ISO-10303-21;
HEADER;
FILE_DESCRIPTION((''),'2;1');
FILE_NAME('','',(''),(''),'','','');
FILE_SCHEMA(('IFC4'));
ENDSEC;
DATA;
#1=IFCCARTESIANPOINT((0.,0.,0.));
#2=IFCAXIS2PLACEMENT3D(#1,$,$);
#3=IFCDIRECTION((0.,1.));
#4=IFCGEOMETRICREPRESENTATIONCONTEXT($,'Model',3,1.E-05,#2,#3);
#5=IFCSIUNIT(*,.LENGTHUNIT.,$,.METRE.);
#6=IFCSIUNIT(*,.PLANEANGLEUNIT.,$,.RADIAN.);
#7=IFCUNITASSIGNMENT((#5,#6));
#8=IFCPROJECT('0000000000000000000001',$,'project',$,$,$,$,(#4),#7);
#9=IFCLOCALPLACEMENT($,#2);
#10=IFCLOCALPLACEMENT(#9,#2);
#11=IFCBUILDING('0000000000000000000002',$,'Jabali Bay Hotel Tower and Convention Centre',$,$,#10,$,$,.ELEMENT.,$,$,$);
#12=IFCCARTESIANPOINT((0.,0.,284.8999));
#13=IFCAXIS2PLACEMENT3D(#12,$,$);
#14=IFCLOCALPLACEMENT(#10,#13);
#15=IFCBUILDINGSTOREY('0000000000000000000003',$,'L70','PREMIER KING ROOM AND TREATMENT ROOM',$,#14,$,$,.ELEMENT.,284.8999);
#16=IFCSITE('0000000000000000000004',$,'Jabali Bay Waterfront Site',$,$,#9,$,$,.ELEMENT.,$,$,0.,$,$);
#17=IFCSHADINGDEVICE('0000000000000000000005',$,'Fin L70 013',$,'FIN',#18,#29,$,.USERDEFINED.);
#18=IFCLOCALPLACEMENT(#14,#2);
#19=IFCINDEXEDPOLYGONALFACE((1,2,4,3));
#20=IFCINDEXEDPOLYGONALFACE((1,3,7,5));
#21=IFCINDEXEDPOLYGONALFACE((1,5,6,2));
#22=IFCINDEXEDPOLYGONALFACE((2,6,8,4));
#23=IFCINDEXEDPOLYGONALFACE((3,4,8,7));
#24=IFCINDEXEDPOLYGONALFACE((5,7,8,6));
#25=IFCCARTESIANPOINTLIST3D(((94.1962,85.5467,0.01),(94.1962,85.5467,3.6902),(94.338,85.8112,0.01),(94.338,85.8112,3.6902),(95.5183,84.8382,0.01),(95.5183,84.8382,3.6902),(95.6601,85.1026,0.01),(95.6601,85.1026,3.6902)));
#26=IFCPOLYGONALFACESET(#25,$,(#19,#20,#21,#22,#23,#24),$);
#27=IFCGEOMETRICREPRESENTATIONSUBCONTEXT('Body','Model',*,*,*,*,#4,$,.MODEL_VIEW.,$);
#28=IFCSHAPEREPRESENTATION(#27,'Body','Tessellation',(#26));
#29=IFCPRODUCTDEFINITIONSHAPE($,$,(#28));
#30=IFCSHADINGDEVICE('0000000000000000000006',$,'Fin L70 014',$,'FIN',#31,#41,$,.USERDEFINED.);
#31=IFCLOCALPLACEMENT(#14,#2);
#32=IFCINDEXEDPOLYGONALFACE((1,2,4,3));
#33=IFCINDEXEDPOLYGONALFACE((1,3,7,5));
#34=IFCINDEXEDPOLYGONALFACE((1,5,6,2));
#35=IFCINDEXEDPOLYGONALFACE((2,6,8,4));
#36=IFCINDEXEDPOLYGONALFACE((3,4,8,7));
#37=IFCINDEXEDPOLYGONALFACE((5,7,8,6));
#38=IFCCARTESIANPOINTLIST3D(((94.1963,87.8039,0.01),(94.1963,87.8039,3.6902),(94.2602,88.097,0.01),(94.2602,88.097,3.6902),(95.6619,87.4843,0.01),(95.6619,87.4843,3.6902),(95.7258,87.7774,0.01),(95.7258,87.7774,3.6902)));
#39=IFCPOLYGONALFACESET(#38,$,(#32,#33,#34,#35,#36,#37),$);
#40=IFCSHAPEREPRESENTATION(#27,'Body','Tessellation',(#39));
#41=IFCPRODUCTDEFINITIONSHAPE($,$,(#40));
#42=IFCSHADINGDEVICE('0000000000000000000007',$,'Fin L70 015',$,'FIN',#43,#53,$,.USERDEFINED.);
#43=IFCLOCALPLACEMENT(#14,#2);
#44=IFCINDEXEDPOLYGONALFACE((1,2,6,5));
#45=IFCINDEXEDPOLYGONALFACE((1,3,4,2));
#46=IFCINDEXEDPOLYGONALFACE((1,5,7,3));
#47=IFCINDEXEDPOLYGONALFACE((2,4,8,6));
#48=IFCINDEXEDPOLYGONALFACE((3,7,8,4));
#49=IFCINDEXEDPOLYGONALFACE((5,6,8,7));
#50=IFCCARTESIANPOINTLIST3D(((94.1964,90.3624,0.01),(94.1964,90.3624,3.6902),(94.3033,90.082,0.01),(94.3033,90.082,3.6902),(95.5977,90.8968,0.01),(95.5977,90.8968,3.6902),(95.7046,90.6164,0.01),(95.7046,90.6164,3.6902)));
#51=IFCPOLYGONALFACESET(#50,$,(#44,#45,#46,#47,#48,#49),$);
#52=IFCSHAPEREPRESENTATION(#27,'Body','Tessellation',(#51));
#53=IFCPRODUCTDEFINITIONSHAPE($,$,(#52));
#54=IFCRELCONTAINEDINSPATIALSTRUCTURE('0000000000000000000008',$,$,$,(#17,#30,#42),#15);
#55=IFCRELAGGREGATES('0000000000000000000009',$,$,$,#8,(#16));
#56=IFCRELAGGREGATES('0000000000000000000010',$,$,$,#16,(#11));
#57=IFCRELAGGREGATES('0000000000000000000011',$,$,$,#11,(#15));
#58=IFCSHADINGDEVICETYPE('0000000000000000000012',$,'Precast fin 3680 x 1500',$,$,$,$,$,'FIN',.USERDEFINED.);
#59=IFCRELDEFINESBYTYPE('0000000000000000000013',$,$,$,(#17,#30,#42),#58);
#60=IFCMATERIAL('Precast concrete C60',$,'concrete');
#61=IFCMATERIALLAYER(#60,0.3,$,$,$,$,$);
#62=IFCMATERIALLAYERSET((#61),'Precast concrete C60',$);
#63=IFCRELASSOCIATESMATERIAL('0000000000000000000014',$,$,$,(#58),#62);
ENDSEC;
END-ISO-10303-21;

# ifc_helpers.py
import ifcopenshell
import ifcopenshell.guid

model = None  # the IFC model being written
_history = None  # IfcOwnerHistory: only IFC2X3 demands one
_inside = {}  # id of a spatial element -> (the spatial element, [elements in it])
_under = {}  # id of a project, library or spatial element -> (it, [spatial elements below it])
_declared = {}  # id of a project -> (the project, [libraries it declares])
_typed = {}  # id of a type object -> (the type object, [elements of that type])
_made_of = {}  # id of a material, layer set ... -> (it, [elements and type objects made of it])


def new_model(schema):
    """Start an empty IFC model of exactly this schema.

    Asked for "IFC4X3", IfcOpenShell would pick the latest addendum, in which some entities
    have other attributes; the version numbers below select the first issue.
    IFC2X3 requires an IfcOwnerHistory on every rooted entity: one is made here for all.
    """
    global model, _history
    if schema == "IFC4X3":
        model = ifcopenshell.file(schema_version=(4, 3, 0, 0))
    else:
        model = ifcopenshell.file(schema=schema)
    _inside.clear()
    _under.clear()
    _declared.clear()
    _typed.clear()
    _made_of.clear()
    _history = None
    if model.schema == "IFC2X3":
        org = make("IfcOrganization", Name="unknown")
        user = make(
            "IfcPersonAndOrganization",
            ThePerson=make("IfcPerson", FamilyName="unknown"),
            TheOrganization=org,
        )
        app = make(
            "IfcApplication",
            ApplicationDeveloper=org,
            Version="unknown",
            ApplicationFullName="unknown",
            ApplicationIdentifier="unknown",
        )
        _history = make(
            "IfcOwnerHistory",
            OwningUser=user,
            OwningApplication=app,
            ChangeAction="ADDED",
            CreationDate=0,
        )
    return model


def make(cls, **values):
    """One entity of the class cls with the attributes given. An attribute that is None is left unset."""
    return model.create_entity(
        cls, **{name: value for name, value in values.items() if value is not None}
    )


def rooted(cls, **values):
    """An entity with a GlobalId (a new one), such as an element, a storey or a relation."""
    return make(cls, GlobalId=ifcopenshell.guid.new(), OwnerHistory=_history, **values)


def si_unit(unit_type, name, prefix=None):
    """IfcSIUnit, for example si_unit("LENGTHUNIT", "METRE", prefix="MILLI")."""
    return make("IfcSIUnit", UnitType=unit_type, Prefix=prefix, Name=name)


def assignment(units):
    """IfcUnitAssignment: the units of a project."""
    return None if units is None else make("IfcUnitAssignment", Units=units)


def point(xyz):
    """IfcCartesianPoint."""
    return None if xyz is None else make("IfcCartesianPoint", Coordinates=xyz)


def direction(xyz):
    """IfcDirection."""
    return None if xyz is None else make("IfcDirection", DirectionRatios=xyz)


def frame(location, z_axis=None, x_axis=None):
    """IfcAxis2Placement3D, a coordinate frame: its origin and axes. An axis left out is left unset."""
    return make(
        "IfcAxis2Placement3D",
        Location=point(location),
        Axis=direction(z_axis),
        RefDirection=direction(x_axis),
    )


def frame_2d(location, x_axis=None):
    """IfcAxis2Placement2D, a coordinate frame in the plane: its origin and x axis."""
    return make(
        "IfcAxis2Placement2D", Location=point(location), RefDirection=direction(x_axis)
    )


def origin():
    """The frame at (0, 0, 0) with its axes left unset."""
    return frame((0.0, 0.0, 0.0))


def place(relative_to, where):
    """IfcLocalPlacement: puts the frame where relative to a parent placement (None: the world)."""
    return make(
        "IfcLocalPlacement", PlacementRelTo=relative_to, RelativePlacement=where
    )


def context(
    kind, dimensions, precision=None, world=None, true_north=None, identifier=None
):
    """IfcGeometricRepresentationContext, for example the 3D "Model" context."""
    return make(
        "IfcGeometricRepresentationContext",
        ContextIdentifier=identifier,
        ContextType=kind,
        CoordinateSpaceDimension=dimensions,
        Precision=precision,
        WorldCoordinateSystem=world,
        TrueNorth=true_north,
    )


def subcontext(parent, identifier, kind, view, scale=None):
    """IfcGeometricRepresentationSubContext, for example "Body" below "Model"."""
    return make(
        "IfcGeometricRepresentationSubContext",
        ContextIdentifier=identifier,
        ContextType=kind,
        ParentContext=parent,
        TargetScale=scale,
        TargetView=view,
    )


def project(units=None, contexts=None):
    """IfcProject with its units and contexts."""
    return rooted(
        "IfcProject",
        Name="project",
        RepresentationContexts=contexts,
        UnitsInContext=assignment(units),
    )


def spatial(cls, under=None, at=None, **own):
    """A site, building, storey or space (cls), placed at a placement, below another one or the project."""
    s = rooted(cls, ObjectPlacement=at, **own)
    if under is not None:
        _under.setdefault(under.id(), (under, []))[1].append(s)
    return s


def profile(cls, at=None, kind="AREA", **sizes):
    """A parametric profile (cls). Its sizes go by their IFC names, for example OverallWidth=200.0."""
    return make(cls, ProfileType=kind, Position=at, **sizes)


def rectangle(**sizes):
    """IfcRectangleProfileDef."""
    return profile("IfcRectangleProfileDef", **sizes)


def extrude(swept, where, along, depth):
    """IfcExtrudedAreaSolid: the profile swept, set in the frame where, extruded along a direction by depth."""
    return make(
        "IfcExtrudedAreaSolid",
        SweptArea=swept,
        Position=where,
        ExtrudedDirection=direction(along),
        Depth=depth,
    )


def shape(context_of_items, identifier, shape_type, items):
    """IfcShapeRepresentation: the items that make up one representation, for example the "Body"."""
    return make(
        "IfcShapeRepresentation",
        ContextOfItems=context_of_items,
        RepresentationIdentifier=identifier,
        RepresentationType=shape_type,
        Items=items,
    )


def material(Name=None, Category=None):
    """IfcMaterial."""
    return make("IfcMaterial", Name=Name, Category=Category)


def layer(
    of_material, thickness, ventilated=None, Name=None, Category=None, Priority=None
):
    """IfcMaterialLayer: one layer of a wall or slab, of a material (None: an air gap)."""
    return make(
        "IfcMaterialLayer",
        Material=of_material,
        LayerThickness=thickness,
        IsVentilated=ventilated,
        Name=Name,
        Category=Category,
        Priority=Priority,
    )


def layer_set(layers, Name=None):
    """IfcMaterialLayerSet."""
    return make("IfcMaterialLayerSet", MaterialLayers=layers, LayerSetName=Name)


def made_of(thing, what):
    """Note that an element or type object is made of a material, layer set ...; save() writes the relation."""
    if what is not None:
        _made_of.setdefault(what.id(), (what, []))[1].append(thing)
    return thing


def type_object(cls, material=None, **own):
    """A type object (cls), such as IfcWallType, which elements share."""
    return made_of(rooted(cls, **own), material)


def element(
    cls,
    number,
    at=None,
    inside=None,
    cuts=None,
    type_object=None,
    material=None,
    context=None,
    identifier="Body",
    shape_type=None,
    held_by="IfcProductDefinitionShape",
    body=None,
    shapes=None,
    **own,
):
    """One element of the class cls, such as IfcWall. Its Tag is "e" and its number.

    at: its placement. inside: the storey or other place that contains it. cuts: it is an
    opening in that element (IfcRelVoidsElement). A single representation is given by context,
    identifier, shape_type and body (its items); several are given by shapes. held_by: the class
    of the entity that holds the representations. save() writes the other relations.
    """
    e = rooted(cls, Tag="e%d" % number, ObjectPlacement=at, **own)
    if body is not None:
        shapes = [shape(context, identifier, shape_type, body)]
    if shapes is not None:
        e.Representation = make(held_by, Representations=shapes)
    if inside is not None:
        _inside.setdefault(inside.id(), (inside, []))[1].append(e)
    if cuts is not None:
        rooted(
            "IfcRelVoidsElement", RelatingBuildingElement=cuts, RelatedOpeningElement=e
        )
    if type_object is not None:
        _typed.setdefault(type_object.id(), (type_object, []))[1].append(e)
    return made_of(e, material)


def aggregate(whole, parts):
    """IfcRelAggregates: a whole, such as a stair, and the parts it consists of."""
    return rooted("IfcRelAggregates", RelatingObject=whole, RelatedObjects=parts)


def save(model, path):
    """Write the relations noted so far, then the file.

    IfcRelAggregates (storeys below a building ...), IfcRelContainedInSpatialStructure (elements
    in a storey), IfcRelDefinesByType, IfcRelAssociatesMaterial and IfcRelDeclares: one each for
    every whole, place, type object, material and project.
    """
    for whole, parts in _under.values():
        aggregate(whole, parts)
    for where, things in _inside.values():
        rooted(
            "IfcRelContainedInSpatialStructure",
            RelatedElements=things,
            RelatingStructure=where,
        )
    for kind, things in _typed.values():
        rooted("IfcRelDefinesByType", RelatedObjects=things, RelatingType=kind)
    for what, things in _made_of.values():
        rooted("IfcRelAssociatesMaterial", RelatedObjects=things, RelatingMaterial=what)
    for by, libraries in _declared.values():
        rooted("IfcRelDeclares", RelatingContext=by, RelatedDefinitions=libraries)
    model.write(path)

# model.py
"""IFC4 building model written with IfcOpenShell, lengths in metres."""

from ifc_helpers import new_model, si_unit, direction, frame, frame_2d, origin, place, context, subcontext, project, spatial, rectangle, extrude, material, layer, layer_set, type_object, element, save


model = new_model("IFC4")

# Units and contexts
model_context = context("Model", 3, precision=1e-05, world=origin(), true_north=direction((0.0, 1.0)))
body_context = subcontext(model_context, "Body", "Model", "MODEL_VIEW")
ifc_project = project(units=[si_unit("LENGTHUNIT", "METRE"), si_unit("PLANEANGLEUNIT", "RADIAN")], contexts=[model_context])

# Site, building, storey
site_placement = place(None, origin())
site = spatial("IfcSite", under=ifc_project, at=site_placement, Name="Jabali Bay Waterfront Site", CompositionType="ELEMENT", RefElevation=0.0)
building_placement = place(site_placement, origin())
building = spatial("IfcBuilding", under=site, at=building_placement, Name="Jabali Bay Hotel Tower and Convention Centre", CompositionType="ELEMENT")
storey_placement = place(building_placement, frame((0.0, 0.0, 284.8999)))
storey = spatial("IfcBuildingStorey", under=building, at=storey_placement, Name="L70", Description="PREMIER KING ROOM AND TREATMENT ROOM", CompositionType="ELEMENT", Elevation=284.8999)

# Shading devices
ifc_material_1 = material(Name="Precast concrete C60", Category="concrete")
ifc_layer_1 = layer(ifc_material_1, 0.3)
ifc_layer_set_1 = layer_set([ifc_layer_1], Name="Precast concrete C60")
shading_device_type = type_object("IfcShadingDeviceType", Name="Precast fin 3680 x 1500", ElementType="FIN", PredefinedType="USERDEFINED", material=ifc_layer_set_1)
for number, where, z_axis, x_axis, name in (
    (1, (94.2671, 85.679, 0.01), (0.0, 0.0, 1.0), (0.881405, -0.472361, 0.0), "Fin L70 013"),
    (2, (94.2283, 87.9504, 0.01), (0.0, 0.0, 1.0), (0.977041, -0.213051, 0.0), "Fin L70 014"),
):
    element("IfcShadingDevice", number, at=place(storey_placement, frame(where, z_axis=z_axis, x_axis=x_axis)), inside=storey, type_object=shading_device_type, Name=name, ObjectType="FIN", PredefinedType="USERDEFINED", context=body_context, shape_type="SweptSolid", body=[
        extrude(rectangle(XDim=1.5, YDim=0.3, at=frame_2d((0.75, 0.0))), origin(), (0.0, 0.0, 1.0), 3.6802),
    ])
shading_device_placement = place(storey_placement, frame((94.2498, 90.2222, 0.01), z_axis=(0.0, 0.0, 1.0), x_axis=(0.934361, 0.356327, 0.0)))
element("IfcShadingDevice", 3, at=shading_device_placement, inside=storey, type_object=shading_device_type, Name="Fin L70 015", ObjectType="FIN", PredefinedType="USERDEFINED", context=body_context, shape_type="SweptSolid", body=[
    extrude(rectangle(XDim=1.4998, YDim=0.3, at=frame_2d((0.75, 0.0))), origin(), (0.0, 0.0, 1.0), 3.6802),
])

save(model, "model.ifc")
